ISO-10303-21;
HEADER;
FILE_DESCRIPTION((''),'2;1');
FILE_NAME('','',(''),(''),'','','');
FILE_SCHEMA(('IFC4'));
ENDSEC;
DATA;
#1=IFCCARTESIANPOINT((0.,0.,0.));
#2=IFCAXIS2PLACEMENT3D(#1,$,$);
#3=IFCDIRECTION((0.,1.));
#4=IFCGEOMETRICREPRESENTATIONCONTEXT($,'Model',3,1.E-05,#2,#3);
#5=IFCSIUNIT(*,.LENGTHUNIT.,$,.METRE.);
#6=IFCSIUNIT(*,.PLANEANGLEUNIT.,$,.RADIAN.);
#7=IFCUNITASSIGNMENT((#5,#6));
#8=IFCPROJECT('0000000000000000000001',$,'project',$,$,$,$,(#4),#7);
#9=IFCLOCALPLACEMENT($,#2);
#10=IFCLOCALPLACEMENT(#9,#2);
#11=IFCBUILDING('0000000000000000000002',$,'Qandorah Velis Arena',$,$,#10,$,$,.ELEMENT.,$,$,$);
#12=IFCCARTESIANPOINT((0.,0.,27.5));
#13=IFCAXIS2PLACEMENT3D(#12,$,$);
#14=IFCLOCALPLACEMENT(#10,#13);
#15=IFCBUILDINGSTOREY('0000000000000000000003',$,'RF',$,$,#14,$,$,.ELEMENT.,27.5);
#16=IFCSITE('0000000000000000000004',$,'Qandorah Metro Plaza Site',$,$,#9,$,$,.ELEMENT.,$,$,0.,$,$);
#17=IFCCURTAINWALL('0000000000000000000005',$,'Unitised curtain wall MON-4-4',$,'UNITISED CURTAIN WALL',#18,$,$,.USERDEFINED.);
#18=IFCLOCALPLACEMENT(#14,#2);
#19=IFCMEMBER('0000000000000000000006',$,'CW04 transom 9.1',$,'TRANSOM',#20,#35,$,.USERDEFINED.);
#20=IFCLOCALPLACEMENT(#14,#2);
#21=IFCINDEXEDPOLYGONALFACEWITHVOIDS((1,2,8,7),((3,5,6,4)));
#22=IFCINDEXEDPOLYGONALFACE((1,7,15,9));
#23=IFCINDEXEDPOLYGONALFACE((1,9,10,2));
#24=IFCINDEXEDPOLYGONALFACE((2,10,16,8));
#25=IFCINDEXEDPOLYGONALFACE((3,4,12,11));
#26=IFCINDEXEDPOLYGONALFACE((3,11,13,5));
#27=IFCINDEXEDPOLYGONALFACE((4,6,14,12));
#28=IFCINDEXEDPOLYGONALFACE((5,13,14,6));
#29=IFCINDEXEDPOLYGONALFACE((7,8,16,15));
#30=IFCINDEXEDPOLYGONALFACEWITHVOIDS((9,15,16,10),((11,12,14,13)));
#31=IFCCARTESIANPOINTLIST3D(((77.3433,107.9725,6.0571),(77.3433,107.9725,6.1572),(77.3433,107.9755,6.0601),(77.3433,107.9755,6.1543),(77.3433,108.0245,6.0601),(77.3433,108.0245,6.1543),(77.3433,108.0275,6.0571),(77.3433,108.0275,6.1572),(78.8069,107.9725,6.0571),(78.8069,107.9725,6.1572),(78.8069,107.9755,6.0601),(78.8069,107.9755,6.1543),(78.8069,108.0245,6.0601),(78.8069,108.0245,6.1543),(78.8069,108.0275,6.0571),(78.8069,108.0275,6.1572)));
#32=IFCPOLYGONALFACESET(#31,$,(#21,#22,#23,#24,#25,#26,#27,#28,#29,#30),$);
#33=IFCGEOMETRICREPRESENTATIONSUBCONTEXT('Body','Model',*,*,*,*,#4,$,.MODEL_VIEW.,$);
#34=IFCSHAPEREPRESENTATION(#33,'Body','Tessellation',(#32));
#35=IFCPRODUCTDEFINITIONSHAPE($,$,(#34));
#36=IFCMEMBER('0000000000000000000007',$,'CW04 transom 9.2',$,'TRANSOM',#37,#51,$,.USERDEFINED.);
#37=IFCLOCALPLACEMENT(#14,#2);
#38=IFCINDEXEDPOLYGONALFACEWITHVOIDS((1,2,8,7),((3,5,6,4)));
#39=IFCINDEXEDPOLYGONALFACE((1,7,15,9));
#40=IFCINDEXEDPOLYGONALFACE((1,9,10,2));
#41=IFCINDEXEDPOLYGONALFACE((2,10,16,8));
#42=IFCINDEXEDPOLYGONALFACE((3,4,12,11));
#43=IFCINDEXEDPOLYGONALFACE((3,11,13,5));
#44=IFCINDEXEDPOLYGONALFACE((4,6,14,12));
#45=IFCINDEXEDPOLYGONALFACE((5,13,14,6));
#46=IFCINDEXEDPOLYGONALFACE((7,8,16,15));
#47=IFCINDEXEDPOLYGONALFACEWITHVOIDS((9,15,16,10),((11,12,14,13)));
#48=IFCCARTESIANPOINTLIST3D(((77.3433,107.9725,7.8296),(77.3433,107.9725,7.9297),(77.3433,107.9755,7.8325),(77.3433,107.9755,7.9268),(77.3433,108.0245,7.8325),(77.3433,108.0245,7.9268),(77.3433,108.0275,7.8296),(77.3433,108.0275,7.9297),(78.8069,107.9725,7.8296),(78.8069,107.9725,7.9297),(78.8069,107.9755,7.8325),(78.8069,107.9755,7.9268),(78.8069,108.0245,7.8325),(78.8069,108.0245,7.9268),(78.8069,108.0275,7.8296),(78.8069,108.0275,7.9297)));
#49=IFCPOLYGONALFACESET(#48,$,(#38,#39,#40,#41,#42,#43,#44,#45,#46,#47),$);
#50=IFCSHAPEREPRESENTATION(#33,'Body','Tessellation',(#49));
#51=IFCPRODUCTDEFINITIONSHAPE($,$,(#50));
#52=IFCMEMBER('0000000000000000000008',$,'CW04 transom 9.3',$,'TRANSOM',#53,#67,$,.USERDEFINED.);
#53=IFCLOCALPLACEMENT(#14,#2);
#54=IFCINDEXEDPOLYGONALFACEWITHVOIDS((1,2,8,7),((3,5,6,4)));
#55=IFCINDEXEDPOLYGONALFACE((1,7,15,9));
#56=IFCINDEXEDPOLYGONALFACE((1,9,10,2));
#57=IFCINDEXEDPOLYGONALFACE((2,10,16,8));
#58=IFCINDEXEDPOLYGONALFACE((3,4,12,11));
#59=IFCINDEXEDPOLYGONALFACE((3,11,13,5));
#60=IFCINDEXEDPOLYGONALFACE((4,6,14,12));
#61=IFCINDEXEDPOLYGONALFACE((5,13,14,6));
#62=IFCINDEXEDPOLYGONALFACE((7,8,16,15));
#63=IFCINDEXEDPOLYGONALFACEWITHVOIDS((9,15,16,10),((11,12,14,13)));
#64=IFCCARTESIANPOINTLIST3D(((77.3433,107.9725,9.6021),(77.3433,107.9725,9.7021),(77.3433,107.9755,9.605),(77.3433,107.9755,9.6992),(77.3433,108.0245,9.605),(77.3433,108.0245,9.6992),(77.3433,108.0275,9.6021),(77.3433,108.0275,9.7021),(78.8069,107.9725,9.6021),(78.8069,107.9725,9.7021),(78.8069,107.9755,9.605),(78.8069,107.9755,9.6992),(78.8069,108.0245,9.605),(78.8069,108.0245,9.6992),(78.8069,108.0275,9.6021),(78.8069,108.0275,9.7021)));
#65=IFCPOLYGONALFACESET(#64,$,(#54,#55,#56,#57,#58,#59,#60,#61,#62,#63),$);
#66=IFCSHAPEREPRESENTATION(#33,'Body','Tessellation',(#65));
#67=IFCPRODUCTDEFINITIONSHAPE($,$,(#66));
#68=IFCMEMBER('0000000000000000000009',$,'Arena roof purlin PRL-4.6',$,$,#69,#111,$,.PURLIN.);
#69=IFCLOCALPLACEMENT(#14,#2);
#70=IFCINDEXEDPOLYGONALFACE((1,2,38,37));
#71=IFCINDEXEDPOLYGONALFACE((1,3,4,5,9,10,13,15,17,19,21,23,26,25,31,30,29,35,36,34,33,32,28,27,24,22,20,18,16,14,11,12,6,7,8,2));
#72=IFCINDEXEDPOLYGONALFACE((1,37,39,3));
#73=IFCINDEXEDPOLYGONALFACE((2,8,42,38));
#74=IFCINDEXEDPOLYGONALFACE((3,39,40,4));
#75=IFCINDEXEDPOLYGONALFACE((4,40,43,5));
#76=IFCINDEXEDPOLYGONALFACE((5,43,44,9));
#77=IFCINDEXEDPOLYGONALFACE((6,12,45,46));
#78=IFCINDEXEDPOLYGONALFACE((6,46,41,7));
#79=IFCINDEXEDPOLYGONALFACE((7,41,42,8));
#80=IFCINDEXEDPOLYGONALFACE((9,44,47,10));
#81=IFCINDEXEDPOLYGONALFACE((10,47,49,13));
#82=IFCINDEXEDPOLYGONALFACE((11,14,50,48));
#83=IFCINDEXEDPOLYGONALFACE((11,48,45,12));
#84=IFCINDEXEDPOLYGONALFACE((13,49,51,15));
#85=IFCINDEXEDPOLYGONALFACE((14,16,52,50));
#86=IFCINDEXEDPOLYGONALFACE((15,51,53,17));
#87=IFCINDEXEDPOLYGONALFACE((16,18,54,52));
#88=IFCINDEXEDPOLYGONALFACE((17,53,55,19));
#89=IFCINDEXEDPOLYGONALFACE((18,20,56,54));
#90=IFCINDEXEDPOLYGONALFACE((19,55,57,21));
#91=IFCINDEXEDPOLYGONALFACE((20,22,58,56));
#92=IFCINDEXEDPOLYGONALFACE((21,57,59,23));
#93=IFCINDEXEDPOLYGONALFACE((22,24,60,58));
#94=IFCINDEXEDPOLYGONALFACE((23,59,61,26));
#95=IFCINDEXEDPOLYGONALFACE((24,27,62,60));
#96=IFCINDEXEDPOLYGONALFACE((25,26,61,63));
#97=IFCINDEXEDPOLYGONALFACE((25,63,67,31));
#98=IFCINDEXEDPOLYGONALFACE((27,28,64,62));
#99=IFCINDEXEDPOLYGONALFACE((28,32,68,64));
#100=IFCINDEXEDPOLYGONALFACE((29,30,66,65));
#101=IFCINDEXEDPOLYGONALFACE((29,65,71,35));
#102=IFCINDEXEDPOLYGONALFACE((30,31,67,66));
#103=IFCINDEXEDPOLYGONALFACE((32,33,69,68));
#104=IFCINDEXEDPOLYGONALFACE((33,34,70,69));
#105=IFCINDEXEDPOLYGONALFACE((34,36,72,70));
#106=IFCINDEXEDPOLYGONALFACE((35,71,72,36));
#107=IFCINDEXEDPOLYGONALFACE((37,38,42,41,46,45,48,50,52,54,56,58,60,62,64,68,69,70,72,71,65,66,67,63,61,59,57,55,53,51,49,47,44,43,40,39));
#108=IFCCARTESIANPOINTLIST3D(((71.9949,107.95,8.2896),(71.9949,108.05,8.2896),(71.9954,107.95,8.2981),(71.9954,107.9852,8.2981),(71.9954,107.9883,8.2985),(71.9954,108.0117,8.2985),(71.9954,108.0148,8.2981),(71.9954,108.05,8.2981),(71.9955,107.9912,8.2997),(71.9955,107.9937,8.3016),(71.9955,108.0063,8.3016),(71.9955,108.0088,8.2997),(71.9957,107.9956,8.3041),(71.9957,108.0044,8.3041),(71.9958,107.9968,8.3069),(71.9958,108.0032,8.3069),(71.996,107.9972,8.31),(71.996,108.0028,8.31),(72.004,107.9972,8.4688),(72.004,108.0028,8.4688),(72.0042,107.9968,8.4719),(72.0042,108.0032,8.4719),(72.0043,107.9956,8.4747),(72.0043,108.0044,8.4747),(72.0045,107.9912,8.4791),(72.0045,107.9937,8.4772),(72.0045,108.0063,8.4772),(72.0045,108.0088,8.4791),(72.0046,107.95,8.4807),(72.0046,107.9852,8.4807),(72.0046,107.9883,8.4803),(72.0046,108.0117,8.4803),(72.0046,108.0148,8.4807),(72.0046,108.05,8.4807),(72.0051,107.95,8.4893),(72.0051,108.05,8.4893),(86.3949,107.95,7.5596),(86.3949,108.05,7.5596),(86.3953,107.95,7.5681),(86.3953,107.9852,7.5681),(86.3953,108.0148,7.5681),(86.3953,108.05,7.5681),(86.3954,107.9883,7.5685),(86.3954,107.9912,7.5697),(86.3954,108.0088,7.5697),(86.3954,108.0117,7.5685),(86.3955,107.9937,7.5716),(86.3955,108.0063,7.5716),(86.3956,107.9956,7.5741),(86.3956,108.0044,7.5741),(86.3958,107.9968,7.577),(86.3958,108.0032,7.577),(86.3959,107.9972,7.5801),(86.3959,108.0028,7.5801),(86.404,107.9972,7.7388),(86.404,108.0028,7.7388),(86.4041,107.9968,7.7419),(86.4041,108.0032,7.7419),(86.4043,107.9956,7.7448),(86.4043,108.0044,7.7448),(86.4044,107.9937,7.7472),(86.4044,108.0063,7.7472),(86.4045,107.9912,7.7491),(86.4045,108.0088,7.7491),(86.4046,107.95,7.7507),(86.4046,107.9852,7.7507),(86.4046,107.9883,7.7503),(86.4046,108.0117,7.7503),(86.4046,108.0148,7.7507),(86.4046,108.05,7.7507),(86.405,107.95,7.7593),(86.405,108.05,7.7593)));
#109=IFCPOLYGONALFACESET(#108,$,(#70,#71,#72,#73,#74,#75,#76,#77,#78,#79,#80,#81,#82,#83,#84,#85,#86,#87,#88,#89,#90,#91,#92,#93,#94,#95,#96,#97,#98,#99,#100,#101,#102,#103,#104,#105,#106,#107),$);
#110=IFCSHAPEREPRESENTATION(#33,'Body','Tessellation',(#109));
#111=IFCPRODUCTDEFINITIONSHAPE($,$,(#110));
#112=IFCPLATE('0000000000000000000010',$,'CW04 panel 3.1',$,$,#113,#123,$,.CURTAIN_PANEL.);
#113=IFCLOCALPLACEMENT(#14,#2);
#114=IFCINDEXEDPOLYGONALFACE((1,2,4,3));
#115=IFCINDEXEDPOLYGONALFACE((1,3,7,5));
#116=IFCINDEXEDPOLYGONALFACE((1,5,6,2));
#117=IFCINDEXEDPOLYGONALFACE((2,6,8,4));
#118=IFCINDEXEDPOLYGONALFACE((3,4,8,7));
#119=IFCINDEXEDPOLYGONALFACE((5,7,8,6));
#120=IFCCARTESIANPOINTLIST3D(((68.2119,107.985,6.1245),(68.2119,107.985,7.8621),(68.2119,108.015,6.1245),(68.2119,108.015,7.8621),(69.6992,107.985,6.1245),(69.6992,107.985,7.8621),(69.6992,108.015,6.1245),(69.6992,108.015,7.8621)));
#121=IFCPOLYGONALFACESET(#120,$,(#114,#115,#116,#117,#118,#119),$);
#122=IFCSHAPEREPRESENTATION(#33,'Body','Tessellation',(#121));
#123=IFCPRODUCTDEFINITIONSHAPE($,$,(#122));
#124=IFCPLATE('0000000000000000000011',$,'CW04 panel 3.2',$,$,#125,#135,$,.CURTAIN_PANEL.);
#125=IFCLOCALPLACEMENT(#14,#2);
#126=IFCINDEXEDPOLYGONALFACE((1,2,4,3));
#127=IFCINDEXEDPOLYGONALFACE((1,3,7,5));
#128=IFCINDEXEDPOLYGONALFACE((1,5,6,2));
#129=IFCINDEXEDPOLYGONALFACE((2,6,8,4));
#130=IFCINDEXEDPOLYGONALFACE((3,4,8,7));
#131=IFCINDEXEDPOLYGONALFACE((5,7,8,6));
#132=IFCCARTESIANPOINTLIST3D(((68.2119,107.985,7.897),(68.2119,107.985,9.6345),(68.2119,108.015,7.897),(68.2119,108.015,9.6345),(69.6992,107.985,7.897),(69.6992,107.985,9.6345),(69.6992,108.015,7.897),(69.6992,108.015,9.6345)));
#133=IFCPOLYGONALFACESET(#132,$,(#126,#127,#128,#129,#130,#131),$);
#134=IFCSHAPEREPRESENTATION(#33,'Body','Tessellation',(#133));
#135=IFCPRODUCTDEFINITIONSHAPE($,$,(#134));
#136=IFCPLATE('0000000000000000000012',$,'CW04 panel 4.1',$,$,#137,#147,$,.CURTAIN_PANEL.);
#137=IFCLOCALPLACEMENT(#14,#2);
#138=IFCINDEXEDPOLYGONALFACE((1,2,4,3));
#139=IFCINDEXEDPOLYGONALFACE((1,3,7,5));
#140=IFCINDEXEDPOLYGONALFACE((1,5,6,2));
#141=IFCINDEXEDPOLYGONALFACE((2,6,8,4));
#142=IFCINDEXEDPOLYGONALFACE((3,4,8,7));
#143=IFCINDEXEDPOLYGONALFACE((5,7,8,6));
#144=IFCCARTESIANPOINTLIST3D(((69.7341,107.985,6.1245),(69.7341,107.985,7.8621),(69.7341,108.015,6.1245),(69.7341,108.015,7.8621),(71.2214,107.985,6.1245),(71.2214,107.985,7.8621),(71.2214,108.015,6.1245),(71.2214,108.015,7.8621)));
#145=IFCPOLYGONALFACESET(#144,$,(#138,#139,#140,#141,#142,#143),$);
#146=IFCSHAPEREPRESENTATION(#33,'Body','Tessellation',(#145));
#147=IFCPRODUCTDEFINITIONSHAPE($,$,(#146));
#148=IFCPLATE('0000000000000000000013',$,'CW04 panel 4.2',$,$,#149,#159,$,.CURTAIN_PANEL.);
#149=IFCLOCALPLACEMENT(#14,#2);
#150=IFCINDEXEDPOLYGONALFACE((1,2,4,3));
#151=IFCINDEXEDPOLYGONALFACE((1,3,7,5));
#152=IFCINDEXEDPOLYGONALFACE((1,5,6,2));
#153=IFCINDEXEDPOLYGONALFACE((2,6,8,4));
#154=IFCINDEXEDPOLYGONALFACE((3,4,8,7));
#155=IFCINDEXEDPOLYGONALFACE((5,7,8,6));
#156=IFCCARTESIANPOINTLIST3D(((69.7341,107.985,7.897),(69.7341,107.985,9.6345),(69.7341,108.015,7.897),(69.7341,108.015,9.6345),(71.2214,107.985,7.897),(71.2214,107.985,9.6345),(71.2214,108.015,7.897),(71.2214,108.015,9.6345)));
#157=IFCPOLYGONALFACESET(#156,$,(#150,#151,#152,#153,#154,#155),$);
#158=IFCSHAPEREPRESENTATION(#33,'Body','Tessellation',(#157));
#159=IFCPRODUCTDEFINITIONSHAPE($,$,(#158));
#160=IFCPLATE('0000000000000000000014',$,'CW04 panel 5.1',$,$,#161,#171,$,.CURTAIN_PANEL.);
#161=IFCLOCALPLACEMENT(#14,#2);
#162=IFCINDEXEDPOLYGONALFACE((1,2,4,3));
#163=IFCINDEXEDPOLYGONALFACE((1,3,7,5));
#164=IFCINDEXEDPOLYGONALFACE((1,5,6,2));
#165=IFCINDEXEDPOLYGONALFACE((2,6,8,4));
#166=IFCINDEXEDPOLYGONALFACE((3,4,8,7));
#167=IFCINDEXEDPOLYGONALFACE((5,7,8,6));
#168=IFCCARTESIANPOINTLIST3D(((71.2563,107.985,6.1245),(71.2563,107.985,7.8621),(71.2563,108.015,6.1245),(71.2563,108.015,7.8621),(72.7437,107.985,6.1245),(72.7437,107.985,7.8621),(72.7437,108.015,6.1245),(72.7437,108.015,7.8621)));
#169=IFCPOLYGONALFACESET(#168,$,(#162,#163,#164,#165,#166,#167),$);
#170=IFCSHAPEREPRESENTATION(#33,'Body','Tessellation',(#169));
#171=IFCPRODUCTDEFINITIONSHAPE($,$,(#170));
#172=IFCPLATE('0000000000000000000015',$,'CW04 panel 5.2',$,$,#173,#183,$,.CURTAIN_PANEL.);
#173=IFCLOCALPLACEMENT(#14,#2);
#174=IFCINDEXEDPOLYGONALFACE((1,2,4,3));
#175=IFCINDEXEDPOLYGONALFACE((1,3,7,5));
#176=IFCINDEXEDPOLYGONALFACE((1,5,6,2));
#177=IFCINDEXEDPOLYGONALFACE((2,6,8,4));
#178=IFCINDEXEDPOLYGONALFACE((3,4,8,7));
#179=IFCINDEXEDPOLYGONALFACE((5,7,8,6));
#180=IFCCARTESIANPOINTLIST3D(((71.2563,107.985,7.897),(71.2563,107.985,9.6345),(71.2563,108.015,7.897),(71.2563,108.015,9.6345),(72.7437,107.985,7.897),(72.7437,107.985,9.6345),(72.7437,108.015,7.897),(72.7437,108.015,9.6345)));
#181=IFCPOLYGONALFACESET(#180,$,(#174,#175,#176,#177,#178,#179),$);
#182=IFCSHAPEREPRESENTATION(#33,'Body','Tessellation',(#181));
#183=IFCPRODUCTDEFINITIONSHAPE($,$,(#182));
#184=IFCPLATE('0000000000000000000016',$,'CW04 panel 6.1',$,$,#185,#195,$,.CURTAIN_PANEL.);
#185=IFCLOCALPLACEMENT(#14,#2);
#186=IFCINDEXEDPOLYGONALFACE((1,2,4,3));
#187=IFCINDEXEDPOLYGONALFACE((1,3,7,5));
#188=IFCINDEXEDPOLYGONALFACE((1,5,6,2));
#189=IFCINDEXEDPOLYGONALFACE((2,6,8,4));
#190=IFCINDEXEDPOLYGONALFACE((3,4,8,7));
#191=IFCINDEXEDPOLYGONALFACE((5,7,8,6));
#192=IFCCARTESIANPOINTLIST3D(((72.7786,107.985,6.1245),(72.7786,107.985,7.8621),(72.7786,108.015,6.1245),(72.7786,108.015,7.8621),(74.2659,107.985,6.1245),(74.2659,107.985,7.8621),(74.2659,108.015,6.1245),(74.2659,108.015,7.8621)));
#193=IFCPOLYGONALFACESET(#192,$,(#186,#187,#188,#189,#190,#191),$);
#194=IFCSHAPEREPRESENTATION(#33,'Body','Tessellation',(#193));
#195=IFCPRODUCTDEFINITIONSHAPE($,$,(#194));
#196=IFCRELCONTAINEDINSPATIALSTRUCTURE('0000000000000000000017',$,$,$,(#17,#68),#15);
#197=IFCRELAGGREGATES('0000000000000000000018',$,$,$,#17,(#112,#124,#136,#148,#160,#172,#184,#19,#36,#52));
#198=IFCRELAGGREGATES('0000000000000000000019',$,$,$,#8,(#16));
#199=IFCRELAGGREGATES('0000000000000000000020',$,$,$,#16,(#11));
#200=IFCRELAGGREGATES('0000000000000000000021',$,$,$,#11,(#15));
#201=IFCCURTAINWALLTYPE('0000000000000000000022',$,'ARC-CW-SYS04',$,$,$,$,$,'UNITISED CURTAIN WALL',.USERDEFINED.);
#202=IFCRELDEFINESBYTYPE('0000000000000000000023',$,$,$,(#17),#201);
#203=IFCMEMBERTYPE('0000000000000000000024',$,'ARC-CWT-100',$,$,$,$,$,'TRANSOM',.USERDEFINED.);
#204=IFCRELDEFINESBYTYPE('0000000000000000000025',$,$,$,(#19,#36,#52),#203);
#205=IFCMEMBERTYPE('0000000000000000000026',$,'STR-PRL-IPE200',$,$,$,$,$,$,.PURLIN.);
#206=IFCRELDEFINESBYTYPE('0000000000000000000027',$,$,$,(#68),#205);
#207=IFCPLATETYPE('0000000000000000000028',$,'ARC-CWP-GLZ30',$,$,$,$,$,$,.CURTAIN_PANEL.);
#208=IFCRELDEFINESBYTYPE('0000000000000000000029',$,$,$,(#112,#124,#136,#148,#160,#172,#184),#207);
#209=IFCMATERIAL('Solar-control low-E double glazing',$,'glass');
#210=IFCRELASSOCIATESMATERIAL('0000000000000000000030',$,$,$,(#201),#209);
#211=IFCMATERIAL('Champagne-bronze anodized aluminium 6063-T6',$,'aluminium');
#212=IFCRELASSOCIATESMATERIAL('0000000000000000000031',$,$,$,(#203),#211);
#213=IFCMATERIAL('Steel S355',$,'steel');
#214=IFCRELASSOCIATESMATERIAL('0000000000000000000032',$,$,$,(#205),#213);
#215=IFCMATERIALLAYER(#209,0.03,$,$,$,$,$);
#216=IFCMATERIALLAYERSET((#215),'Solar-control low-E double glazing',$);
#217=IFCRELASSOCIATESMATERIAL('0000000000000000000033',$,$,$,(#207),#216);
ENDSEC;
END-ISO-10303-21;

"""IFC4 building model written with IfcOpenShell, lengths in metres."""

from ifc_helpers import new_model, si_unit, direction, frame, origin, origin_2d, place, context, subcontext, project, spatial, rectangle, hollow_rectangle, i_section, extrude, material, layer, layer_set, material_profile, profile_set, type_object, element, aggregate, save


model = new_model("IFC4")

# Units and contexts
model_context = context("Model", 3, precision=1e-05, world=origin(), true_north=direction((0.0, 1.0)))
body_context = subcontext(model_context, "Body", "Model", "MODEL_VIEW")
ifc_project = project(units=[si_unit("LENGTHUNIT", "METRE"), si_unit("PLANEANGLEUNIT", "RADIAN")], contexts=[model_context])

# Site, building, storey
site_placement = place(None, origin())
site = spatial("IfcSite", under=ifc_project, at=site_placement, Name="Qandorah Metro Plaza Site", CompositionType="ELEMENT", RefElevation=0.0)
building_placement = place(site_placement, origin())
building = spatial("IfcBuilding", under=site, at=building_placement, Name="Qandorah Velis Arena", CompositionType="ELEMENT")
storey_placement = place(building_placement, frame((0.0, 0.0, 27.5)))
storey = spatial("IfcBuildingStorey", under=building, at=storey_placement, Name="RF", CompositionType="ELEMENT", Elevation=27.5)

# Curtain wall, members
ifc_material_1 = material(Name="Solar-control low-E double glazing", Category="glass")
curtain_wall_type = type_object("IfcCurtainWallType", Name="ARC-CW-SYS04", ElementType="UNITISED CURTAIN WALL", PredefinedType="USERDEFINED", material=ifc_material_1)
curtain_wall_placement = place(storey_placement, origin())
curtain_wall = element("IfcCurtainWall", 1, at=curtain_wall_placement, inside=storey, type_object=curtain_wall_type, Name="Unitised curtain wall MON-4-4", ObjectType="UNITISED CURTAIN WALL", PredefinedType="USERDEFINED")
ifc_material_2 = material(Name="Champagne-bronze anodized aluminium 6063-T6", Category="aluminium")
ifc_material_profile_1 = material_profile(ifc_material_2, hollow_rectangle(XDim=0.0549, YDim=0.1001, WallThickness=0.0029, at=origin_2d()), Name="ALU TRANSOM 55x100")
ifc_profile_set_1 = profile_set([ifc_material_profile_1], Name="Champagne-bronze anodized aluminium 6063-T6")
member_type_1 = type_object("IfcMemberType", Name="ARC-CWT-100", ElementType="TRANSOM", PredefinedType="USERDEFINED", material=ifc_profile_set_1)
member_1_placement = place(storey_placement, frame((77.3433, 108.0, 6.1072), z_axis=(1.0, 0.0, 0.0), x_axis=(0.0, 1.0, 0.0)))
member_1 = element("IfcMember", 2, at=member_1_placement, type_object=member_type_1, Name="CW04 transom 9.1", ObjectType="TRANSOM", PredefinedType="USERDEFINED", context=body_context, shape_type="SweptSolid", body=[
    extrude(hollow_rectangle(XDim=0.0549, YDim=0.1001, WallThickness=0.0029, at=origin_2d()), origin(), (0.0, 0.0, 1.0), 1.4636),
])
member_2_placement = place(storey_placement, frame((77.3433, 108.0, 7.8796), z_axis=(1.0, 0.0, 0.0), x_axis=(0.0, 1.0, 0.0)))
member_2 = element("IfcMember", 3, at=member_2_placement, type_object=member_type_1, Name="CW04 transom 9.2", ObjectType="TRANSOM", PredefinedType="USERDEFINED", context=body_context, shape_type="SweptSolid", body=[
    extrude(hollow_rectangle(XDim=0.0549, YDim=0.1001, WallThickness=0.0029, at=origin_2d()), origin(), (0.0, 0.0, 1.0), 1.4636),
])
member_3_placement = place(storey_placement, frame((77.3433, 108.0, 9.6521), z_axis=(1.0, 0.0, 0.0), x_axis=(0.0, 1.0, 0.0)))
member_3 = element("IfcMember", 4, at=member_3_placement, type_object=member_type_1, Name="CW04 transom 9.3", ObjectType="TRANSOM", PredefinedType="USERDEFINED", context=body_context, shape_type="SweptSolid", body=[
    extrude(hollow_rectangle(XDim=0.0549, YDim=0.1001, WallThickness=0.0029, at=origin_2d()), origin(), (0.0, 0.0, 1.0), 1.4636),
])

# Member
ifc_material_3 = material(Name="Steel S355", Category="steel")
ifc_material_profile_2 = material_profile(ifc_material_3, i_section(OverallWidth=0.1001, OverallDepth=0.2, WebThickness=0.0056, FlangeThickness=0.0085, FilletRadius=0.012, at=origin_2d()), Name="IPE 200")
ifc_profile_set_2 = profile_set([ifc_material_profile_2], Name="Steel S355")
member_type_2 = type_object("IfcMemberType", Name="STR-PRL-IPE200", PredefinedType="PURLIN", material=ifc_profile_set_2)
member_4_placement = place(storey_placement, frame((72.0, 108.0, 8.3894), z_axis=(0.998718, 0.0, -0.050628), x_axis=(0.0, 1.0, 0.0)))
element("IfcMember", 5, at=member_4_placement, inside=storey, type_object=member_type_2, Name="Arena roof purlin PRL-4.6", PredefinedType="PURLIN", context=body_context, shape_type="SweptSolid", body=[
    extrude(i_section(OverallWidth=0.1001, OverallDepth=0.2, WebThickness=0.0056, FlangeThickness=0.0085, FilletRadius=0.012, at=origin_2d()), origin(), (0.0, 0.0, 1.0), 14.4185),
])

# Plates
ifc_layer = layer(ifc_material_1, 0.03)
ifc_layer_set = layer_set([ifc_layer], Name="Solar-control low-E double glazing")
plate_type = type_object("IfcPlateType", Name="ARC-CWP-GLZ30", PredefinedType="CURTAIN_PANEL", material=ifc_layer_set)
plate_1_placement = place(storey_placement, frame((68.9556, 108.0, 6.1245), z_axis=(0.0, 0.0, 1.0), x_axis=(1.0, 0.0, 0.0)))
plate_1 = element("IfcPlate", 6, at=plate_1_placement, type_object=plate_type, Name="CW04 panel 3.1", PredefinedType="CURTAIN_PANEL", context=body_context, shape_type="SweptSolid", body=[
    extrude(rectangle(XDim=1.4873, YDim=0.03, at=origin_2d()), origin(), (0.0, 0.0, 1.0), 1.7375),
])
plate_2_placement = place(storey_placement, frame((68.9556, 108.0, 7.897), z_axis=(0.0, 0.0, 1.0), x_axis=(1.0, 0.0, 0.0)))
plate_2 = element("IfcPlate", 7, at=plate_2_placement, type_object=plate_type, Name="CW04 panel 3.2", PredefinedType="CURTAIN_PANEL", context=body_context, shape_type="SweptSolid", body=[
    extrude(rectangle(XDim=1.4873, YDim=0.03, at=origin_2d()), origin(), (0.0, 0.0, 1.0), 1.7375),
])
plate_3_placement = place(storey_placement, frame((70.4778, 108.0, 6.1245), z_axis=(0.0, 0.0, 1.0), x_axis=(1.0, 0.0, 0.0)))
plate_3 = element("IfcPlate", 8, at=plate_3_placement, type_object=plate_type, Name="CW04 panel 4.1", PredefinedType="CURTAIN_PANEL", context=body_context, shape_type="SweptSolid", body=[
    extrude(rectangle(XDim=1.4873, YDim=0.03, at=origin_2d()), origin(), (0.0, 0.0, 1.0), 1.7375),
])
plate_4_placement = place(storey_placement, frame((70.4778, 108.0, 7.897), z_axis=(0.0, 0.0, 1.0), x_axis=(1.0, 0.0, 0.0)))
plate_4 = element("IfcPlate", 9, at=plate_4_placement, type_object=plate_type, Name="CW04 panel 4.2", PredefinedType="CURTAIN_PANEL", context=body_context, shape_type="SweptSolid", body=[
    extrude(rectangle(XDim=1.4873, YDim=0.03, at=origin_2d()), origin(), (0.0, 0.0, 1.0), 1.7375),
])
plate_5_placement = place(storey_placement, frame((72.0, 108.0, 6.1245), z_axis=(0.0, 0.0, 1.0), x_axis=(1.0, 0.0, 0.0)))
plate_5 = element("IfcPlate", 10, at=plate_5_placement, type_object=plate_type, Name="CW04 panel 5.1", PredefinedType="CURTAIN_PANEL", context=body_context, shape_type="SweptSolid", body=[
    extrude(rectangle(XDim=1.4873, YDim=0.03, at=origin_2d()), origin(), (0.0, 0.0, 1.0), 1.7375),
])
plate_6_placement = place(storey_placement, frame((72.0, 108.0, 7.897), z_axis=(0.0, 0.0, 1.0), x_axis=(1.0, 0.0, 0.0)))
plate_6 = element("IfcPlate", 11, at=plate_6_placement, type_object=plate_type, Name="CW04 panel 5.2", PredefinedType="CURTAIN_PANEL", context=body_context, shape_type="SweptSolid", body=[
    extrude(rectangle(XDim=1.4873, YDim=0.03, at=origin_2d()), origin(), (0.0, 0.0, 1.0), 1.7375),
])
plate_7_placement = place(storey_placement, frame((73.5222, 108.0, 6.1245), z_axis=(0.0, 0.0, 1.0), x_axis=(1.0, 0.0, 0.0)))
plate_7 = element("IfcPlate", 12, at=plate_7_placement, type_object=plate_type, Name="CW04 panel 6.1", PredefinedType="CURTAIN_PANEL", context=body_context, shape_type="SweptSolid", body=[
    extrude(rectangle(XDim=1.4873, YDim=0.03, at=origin_2d()), origin(), (0.0, 0.0, 1.0), 1.7375),
])
aggregate(curtain_wall, [plate_1, plate_2, plate_3, plate_4, plate_5, plate_6, plate_7, member_1, member_2, member_3])

save(model, "model.ifc")
